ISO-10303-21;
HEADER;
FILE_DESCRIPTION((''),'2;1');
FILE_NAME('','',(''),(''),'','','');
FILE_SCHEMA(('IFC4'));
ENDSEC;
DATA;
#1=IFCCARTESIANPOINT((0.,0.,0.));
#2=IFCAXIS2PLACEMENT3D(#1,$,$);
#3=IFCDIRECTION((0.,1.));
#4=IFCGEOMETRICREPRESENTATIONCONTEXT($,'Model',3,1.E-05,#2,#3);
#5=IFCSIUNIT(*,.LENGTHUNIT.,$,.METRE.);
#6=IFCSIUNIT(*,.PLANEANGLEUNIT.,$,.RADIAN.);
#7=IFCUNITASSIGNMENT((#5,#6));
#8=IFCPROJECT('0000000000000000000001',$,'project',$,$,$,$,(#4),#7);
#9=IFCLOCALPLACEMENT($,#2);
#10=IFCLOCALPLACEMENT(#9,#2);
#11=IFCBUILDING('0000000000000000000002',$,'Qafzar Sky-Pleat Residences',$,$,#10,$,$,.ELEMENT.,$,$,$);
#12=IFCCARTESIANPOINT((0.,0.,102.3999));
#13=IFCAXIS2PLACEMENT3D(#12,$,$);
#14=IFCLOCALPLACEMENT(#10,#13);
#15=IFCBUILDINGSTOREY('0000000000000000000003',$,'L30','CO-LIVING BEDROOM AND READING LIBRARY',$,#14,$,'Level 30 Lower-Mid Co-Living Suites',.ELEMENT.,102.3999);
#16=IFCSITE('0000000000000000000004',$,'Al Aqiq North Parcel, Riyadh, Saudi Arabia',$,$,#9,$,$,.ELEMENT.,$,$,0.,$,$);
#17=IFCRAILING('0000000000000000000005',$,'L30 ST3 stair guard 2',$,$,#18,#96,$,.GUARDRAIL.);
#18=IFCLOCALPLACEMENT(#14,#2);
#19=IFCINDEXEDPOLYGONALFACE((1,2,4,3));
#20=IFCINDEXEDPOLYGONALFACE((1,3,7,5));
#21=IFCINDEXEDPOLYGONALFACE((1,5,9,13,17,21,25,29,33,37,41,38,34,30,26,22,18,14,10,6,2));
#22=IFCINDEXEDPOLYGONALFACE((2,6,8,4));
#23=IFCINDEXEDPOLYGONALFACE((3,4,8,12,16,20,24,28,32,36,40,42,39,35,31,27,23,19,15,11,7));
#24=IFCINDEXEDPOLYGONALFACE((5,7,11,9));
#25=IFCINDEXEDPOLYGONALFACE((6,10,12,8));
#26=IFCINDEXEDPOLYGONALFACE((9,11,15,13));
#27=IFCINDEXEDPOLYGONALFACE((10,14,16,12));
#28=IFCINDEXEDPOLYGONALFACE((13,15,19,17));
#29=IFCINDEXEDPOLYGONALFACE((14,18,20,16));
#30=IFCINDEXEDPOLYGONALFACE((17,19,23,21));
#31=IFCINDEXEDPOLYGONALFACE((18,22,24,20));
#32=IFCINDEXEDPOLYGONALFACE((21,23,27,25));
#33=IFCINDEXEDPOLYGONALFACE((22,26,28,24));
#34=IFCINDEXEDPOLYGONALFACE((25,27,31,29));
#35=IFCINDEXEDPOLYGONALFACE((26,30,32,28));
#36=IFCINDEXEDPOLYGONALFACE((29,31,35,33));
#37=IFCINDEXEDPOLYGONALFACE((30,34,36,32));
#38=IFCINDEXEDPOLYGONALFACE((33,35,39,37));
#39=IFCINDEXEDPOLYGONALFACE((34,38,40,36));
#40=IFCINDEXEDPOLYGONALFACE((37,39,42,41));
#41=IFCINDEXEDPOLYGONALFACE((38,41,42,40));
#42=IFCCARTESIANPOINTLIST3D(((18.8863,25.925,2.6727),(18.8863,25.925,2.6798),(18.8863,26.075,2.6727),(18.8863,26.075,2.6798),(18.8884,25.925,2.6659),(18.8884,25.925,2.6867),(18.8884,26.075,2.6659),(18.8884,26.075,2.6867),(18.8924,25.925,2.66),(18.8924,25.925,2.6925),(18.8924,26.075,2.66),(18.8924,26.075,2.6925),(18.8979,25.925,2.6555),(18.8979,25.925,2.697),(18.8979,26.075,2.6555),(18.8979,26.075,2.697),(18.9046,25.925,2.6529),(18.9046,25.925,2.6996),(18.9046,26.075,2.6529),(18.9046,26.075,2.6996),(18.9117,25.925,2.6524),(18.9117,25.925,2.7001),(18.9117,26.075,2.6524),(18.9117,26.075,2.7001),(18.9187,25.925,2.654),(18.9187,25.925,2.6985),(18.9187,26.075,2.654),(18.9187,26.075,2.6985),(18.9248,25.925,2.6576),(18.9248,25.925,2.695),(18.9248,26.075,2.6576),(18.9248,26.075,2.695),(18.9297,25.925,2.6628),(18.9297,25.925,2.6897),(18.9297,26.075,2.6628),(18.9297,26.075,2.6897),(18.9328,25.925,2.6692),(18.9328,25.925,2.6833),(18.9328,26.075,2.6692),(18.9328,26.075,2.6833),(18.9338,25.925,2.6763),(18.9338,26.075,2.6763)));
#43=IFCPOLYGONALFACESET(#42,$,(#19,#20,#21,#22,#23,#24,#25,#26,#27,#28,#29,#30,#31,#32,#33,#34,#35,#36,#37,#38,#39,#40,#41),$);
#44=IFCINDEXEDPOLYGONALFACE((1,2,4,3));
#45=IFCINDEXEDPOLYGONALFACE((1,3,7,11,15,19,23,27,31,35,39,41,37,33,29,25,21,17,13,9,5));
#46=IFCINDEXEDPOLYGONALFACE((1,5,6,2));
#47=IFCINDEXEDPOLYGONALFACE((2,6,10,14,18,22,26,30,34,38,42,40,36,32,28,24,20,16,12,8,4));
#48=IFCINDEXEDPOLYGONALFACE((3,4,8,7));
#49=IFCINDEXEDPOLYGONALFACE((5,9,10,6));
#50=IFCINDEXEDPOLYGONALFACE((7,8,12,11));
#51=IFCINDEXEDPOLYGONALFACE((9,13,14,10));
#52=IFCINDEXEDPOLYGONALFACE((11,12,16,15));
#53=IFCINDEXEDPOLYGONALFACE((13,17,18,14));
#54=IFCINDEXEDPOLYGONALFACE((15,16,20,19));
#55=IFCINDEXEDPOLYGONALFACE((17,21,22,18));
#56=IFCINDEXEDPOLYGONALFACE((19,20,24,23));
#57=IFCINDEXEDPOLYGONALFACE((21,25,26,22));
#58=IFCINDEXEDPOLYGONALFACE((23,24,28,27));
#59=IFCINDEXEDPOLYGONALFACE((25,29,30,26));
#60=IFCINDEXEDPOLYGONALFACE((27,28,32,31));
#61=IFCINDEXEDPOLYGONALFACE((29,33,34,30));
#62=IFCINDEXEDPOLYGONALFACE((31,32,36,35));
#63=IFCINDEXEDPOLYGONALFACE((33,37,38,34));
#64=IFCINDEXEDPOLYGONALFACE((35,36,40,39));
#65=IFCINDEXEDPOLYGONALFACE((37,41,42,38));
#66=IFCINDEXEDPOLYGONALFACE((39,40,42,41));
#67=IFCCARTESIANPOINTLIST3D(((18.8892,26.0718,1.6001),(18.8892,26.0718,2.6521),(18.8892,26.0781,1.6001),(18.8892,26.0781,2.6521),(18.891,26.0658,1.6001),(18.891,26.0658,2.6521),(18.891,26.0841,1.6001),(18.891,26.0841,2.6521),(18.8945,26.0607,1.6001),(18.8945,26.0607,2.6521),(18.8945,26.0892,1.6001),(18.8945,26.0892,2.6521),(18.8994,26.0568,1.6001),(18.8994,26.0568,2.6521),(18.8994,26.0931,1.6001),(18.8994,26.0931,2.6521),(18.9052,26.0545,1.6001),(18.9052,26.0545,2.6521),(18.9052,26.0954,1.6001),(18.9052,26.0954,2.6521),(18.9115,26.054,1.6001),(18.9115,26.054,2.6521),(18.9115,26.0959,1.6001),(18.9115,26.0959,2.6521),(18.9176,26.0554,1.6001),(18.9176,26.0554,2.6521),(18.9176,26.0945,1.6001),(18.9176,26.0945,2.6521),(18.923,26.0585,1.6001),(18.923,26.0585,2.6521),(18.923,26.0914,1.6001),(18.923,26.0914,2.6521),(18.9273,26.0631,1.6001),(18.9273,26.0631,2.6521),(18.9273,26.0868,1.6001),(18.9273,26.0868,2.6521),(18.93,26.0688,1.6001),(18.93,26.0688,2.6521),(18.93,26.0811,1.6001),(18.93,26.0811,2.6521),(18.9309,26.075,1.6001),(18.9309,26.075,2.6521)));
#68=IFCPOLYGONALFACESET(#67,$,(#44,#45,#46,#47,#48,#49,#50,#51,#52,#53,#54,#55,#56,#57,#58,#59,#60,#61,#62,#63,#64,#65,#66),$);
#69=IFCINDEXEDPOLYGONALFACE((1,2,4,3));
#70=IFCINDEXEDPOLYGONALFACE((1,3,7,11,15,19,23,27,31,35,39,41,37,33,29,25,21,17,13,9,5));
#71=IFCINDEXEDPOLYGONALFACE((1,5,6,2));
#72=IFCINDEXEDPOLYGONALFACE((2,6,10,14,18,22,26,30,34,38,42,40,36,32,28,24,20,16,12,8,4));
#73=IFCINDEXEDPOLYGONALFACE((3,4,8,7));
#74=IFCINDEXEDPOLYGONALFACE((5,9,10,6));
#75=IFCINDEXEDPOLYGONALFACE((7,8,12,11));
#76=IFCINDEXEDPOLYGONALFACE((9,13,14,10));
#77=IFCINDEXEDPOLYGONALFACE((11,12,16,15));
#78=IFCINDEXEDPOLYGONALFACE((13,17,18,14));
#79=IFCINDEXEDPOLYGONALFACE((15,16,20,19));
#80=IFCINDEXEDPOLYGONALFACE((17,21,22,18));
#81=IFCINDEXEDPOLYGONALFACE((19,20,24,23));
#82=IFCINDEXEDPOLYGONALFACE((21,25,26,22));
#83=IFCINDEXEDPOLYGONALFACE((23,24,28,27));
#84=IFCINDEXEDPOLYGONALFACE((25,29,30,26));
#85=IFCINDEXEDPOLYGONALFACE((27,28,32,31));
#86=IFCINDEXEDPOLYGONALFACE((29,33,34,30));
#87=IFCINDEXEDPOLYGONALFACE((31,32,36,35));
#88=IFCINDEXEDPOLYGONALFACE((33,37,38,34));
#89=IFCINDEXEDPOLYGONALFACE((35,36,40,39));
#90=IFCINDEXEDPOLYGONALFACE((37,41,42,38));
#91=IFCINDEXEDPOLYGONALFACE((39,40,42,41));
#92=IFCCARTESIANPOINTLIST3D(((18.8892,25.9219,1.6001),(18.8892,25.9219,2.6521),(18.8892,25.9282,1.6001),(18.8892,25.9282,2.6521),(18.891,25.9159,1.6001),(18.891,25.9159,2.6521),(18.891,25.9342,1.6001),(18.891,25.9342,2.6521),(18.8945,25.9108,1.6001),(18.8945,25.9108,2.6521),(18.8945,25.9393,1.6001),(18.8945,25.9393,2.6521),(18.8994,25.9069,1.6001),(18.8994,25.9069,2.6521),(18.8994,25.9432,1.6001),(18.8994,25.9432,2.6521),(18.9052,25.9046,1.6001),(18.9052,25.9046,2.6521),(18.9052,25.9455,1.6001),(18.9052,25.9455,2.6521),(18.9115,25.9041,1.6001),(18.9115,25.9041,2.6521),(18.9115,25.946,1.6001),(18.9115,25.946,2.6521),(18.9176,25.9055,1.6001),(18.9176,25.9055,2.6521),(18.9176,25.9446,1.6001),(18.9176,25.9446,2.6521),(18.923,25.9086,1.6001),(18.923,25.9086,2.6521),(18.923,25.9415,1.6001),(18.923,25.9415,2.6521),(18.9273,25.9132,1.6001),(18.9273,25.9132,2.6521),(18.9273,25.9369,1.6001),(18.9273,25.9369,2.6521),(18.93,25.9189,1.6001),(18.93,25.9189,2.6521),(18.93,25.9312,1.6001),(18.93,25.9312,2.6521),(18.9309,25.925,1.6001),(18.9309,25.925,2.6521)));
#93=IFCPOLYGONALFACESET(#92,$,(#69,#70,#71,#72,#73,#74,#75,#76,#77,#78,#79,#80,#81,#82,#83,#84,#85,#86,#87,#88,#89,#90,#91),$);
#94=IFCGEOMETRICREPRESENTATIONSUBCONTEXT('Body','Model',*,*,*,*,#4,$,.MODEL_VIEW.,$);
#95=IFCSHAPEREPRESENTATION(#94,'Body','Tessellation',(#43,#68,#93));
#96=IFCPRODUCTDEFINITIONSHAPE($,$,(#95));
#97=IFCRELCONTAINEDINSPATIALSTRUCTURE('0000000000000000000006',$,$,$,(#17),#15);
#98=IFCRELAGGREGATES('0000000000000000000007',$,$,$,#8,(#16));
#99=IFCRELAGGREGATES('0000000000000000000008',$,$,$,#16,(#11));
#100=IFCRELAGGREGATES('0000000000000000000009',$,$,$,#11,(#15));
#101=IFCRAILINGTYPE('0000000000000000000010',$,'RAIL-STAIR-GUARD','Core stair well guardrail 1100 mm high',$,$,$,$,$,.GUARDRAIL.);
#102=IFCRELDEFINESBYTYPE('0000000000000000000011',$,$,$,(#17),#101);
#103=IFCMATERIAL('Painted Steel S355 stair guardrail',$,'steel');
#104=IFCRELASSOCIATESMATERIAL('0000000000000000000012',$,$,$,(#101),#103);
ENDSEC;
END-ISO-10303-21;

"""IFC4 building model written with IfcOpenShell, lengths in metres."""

from ifc_helpers import new_model, si_unit, direction, frame, origin, origin_2d, place, context, subcontext, project, spatial, circle, extrude, source, transform, mapped, material, type_object, element, save


model = new_model("IFC4")

# Units and contexts
model_context = context("Model", 3, precision=1e-05, world=origin(), true_north=direction((0.0, 1.0)))
body_context = subcontext(model_context, "Body", "Model", "MODEL_VIEW")
ifc_project = project(units=[si_unit("LENGTHUNIT", "METRE"), si_unit("PLANEANGLEUNIT", "RADIAN")], contexts=[model_context])

# Site, building, storey
site_placement = place(None, origin())
site = spatial("IfcSite", under=ifc_project, at=site_placement, Name="Al Aqiq North Parcel, Riyadh, Saudi Arabia", CompositionType="ELEMENT", RefElevation=0.0)
building_placement = place(site_placement, origin())
building = spatial("IfcBuilding", under=site, at=building_placement, Name="Qafzar Sky-Pleat Residences", CompositionType="ELEMENT")
storey_placement = place(building_placement, frame((0.0, 0.0, 102.3999)))
storey = spatial("IfcBuildingStorey", under=building, at=storey_placement, Name="L30", Description="CO-LIVING BEDROOM AND READING LIBRARY", LongName="Level 30 Lower-Mid Co-Living Suites", CompositionType="ELEMENT", Elevation=102.3999)

# Railing
ifc_material_1 = material(Name="Painted Steel S355 stair guardrail", Category="steel")
railing_type_1 = type_object("IfcRailingType", Name="RAIL-STAIR-GUARD", Description="Core stair well guardrail 1100 mm high", PredefinedType="GUARDRAIL", material=ifc_material_1)
shared_shape_1 = source(origin(), body_context, "Body", "SweptSolid", [
    extrude(circle(Radius=0.0239, at=origin_2d()), frame((0.0, 0.0, 1.0762), z_axis=(0.0, -1.0, 0.0), x_axis=(1.0, 0.0, 0.0)), (0.0, 0.0, 1.0), 0.1499),
    extrude(circle(Radius=0.021, at=origin_2d()), origin(), (0.0, 0.0, 1.0), 1.052),
    extrude(circle(Radius=0.021, at=origin_2d()), frame((0.0, -0.1499, 0.0)), (0.0, 0.0, 1.0), 1.052),
])
railing_1_placement = place(storey_placement, frame((18.9099, 26.075, 1.6001)))
element("IfcRailing", 1, at=railing_1_placement, inside=storey, type_object=railing_type_1, Name="L30 ST3 stair guard 2", PredefinedType="GUARDRAIL", context=body_context, shape_type="MappedRepresentation", body=[
    mapped(shared_shape_1, transform((0.0, 0.0, 0.0), x_axis=(1.0, 0.0, 0.0), y_axis=(0.0, 1.0, 0.0), z_axis=(0.0, 0.0, 1.0), scale=1.0)),
])

save(model, "model.ifc")
